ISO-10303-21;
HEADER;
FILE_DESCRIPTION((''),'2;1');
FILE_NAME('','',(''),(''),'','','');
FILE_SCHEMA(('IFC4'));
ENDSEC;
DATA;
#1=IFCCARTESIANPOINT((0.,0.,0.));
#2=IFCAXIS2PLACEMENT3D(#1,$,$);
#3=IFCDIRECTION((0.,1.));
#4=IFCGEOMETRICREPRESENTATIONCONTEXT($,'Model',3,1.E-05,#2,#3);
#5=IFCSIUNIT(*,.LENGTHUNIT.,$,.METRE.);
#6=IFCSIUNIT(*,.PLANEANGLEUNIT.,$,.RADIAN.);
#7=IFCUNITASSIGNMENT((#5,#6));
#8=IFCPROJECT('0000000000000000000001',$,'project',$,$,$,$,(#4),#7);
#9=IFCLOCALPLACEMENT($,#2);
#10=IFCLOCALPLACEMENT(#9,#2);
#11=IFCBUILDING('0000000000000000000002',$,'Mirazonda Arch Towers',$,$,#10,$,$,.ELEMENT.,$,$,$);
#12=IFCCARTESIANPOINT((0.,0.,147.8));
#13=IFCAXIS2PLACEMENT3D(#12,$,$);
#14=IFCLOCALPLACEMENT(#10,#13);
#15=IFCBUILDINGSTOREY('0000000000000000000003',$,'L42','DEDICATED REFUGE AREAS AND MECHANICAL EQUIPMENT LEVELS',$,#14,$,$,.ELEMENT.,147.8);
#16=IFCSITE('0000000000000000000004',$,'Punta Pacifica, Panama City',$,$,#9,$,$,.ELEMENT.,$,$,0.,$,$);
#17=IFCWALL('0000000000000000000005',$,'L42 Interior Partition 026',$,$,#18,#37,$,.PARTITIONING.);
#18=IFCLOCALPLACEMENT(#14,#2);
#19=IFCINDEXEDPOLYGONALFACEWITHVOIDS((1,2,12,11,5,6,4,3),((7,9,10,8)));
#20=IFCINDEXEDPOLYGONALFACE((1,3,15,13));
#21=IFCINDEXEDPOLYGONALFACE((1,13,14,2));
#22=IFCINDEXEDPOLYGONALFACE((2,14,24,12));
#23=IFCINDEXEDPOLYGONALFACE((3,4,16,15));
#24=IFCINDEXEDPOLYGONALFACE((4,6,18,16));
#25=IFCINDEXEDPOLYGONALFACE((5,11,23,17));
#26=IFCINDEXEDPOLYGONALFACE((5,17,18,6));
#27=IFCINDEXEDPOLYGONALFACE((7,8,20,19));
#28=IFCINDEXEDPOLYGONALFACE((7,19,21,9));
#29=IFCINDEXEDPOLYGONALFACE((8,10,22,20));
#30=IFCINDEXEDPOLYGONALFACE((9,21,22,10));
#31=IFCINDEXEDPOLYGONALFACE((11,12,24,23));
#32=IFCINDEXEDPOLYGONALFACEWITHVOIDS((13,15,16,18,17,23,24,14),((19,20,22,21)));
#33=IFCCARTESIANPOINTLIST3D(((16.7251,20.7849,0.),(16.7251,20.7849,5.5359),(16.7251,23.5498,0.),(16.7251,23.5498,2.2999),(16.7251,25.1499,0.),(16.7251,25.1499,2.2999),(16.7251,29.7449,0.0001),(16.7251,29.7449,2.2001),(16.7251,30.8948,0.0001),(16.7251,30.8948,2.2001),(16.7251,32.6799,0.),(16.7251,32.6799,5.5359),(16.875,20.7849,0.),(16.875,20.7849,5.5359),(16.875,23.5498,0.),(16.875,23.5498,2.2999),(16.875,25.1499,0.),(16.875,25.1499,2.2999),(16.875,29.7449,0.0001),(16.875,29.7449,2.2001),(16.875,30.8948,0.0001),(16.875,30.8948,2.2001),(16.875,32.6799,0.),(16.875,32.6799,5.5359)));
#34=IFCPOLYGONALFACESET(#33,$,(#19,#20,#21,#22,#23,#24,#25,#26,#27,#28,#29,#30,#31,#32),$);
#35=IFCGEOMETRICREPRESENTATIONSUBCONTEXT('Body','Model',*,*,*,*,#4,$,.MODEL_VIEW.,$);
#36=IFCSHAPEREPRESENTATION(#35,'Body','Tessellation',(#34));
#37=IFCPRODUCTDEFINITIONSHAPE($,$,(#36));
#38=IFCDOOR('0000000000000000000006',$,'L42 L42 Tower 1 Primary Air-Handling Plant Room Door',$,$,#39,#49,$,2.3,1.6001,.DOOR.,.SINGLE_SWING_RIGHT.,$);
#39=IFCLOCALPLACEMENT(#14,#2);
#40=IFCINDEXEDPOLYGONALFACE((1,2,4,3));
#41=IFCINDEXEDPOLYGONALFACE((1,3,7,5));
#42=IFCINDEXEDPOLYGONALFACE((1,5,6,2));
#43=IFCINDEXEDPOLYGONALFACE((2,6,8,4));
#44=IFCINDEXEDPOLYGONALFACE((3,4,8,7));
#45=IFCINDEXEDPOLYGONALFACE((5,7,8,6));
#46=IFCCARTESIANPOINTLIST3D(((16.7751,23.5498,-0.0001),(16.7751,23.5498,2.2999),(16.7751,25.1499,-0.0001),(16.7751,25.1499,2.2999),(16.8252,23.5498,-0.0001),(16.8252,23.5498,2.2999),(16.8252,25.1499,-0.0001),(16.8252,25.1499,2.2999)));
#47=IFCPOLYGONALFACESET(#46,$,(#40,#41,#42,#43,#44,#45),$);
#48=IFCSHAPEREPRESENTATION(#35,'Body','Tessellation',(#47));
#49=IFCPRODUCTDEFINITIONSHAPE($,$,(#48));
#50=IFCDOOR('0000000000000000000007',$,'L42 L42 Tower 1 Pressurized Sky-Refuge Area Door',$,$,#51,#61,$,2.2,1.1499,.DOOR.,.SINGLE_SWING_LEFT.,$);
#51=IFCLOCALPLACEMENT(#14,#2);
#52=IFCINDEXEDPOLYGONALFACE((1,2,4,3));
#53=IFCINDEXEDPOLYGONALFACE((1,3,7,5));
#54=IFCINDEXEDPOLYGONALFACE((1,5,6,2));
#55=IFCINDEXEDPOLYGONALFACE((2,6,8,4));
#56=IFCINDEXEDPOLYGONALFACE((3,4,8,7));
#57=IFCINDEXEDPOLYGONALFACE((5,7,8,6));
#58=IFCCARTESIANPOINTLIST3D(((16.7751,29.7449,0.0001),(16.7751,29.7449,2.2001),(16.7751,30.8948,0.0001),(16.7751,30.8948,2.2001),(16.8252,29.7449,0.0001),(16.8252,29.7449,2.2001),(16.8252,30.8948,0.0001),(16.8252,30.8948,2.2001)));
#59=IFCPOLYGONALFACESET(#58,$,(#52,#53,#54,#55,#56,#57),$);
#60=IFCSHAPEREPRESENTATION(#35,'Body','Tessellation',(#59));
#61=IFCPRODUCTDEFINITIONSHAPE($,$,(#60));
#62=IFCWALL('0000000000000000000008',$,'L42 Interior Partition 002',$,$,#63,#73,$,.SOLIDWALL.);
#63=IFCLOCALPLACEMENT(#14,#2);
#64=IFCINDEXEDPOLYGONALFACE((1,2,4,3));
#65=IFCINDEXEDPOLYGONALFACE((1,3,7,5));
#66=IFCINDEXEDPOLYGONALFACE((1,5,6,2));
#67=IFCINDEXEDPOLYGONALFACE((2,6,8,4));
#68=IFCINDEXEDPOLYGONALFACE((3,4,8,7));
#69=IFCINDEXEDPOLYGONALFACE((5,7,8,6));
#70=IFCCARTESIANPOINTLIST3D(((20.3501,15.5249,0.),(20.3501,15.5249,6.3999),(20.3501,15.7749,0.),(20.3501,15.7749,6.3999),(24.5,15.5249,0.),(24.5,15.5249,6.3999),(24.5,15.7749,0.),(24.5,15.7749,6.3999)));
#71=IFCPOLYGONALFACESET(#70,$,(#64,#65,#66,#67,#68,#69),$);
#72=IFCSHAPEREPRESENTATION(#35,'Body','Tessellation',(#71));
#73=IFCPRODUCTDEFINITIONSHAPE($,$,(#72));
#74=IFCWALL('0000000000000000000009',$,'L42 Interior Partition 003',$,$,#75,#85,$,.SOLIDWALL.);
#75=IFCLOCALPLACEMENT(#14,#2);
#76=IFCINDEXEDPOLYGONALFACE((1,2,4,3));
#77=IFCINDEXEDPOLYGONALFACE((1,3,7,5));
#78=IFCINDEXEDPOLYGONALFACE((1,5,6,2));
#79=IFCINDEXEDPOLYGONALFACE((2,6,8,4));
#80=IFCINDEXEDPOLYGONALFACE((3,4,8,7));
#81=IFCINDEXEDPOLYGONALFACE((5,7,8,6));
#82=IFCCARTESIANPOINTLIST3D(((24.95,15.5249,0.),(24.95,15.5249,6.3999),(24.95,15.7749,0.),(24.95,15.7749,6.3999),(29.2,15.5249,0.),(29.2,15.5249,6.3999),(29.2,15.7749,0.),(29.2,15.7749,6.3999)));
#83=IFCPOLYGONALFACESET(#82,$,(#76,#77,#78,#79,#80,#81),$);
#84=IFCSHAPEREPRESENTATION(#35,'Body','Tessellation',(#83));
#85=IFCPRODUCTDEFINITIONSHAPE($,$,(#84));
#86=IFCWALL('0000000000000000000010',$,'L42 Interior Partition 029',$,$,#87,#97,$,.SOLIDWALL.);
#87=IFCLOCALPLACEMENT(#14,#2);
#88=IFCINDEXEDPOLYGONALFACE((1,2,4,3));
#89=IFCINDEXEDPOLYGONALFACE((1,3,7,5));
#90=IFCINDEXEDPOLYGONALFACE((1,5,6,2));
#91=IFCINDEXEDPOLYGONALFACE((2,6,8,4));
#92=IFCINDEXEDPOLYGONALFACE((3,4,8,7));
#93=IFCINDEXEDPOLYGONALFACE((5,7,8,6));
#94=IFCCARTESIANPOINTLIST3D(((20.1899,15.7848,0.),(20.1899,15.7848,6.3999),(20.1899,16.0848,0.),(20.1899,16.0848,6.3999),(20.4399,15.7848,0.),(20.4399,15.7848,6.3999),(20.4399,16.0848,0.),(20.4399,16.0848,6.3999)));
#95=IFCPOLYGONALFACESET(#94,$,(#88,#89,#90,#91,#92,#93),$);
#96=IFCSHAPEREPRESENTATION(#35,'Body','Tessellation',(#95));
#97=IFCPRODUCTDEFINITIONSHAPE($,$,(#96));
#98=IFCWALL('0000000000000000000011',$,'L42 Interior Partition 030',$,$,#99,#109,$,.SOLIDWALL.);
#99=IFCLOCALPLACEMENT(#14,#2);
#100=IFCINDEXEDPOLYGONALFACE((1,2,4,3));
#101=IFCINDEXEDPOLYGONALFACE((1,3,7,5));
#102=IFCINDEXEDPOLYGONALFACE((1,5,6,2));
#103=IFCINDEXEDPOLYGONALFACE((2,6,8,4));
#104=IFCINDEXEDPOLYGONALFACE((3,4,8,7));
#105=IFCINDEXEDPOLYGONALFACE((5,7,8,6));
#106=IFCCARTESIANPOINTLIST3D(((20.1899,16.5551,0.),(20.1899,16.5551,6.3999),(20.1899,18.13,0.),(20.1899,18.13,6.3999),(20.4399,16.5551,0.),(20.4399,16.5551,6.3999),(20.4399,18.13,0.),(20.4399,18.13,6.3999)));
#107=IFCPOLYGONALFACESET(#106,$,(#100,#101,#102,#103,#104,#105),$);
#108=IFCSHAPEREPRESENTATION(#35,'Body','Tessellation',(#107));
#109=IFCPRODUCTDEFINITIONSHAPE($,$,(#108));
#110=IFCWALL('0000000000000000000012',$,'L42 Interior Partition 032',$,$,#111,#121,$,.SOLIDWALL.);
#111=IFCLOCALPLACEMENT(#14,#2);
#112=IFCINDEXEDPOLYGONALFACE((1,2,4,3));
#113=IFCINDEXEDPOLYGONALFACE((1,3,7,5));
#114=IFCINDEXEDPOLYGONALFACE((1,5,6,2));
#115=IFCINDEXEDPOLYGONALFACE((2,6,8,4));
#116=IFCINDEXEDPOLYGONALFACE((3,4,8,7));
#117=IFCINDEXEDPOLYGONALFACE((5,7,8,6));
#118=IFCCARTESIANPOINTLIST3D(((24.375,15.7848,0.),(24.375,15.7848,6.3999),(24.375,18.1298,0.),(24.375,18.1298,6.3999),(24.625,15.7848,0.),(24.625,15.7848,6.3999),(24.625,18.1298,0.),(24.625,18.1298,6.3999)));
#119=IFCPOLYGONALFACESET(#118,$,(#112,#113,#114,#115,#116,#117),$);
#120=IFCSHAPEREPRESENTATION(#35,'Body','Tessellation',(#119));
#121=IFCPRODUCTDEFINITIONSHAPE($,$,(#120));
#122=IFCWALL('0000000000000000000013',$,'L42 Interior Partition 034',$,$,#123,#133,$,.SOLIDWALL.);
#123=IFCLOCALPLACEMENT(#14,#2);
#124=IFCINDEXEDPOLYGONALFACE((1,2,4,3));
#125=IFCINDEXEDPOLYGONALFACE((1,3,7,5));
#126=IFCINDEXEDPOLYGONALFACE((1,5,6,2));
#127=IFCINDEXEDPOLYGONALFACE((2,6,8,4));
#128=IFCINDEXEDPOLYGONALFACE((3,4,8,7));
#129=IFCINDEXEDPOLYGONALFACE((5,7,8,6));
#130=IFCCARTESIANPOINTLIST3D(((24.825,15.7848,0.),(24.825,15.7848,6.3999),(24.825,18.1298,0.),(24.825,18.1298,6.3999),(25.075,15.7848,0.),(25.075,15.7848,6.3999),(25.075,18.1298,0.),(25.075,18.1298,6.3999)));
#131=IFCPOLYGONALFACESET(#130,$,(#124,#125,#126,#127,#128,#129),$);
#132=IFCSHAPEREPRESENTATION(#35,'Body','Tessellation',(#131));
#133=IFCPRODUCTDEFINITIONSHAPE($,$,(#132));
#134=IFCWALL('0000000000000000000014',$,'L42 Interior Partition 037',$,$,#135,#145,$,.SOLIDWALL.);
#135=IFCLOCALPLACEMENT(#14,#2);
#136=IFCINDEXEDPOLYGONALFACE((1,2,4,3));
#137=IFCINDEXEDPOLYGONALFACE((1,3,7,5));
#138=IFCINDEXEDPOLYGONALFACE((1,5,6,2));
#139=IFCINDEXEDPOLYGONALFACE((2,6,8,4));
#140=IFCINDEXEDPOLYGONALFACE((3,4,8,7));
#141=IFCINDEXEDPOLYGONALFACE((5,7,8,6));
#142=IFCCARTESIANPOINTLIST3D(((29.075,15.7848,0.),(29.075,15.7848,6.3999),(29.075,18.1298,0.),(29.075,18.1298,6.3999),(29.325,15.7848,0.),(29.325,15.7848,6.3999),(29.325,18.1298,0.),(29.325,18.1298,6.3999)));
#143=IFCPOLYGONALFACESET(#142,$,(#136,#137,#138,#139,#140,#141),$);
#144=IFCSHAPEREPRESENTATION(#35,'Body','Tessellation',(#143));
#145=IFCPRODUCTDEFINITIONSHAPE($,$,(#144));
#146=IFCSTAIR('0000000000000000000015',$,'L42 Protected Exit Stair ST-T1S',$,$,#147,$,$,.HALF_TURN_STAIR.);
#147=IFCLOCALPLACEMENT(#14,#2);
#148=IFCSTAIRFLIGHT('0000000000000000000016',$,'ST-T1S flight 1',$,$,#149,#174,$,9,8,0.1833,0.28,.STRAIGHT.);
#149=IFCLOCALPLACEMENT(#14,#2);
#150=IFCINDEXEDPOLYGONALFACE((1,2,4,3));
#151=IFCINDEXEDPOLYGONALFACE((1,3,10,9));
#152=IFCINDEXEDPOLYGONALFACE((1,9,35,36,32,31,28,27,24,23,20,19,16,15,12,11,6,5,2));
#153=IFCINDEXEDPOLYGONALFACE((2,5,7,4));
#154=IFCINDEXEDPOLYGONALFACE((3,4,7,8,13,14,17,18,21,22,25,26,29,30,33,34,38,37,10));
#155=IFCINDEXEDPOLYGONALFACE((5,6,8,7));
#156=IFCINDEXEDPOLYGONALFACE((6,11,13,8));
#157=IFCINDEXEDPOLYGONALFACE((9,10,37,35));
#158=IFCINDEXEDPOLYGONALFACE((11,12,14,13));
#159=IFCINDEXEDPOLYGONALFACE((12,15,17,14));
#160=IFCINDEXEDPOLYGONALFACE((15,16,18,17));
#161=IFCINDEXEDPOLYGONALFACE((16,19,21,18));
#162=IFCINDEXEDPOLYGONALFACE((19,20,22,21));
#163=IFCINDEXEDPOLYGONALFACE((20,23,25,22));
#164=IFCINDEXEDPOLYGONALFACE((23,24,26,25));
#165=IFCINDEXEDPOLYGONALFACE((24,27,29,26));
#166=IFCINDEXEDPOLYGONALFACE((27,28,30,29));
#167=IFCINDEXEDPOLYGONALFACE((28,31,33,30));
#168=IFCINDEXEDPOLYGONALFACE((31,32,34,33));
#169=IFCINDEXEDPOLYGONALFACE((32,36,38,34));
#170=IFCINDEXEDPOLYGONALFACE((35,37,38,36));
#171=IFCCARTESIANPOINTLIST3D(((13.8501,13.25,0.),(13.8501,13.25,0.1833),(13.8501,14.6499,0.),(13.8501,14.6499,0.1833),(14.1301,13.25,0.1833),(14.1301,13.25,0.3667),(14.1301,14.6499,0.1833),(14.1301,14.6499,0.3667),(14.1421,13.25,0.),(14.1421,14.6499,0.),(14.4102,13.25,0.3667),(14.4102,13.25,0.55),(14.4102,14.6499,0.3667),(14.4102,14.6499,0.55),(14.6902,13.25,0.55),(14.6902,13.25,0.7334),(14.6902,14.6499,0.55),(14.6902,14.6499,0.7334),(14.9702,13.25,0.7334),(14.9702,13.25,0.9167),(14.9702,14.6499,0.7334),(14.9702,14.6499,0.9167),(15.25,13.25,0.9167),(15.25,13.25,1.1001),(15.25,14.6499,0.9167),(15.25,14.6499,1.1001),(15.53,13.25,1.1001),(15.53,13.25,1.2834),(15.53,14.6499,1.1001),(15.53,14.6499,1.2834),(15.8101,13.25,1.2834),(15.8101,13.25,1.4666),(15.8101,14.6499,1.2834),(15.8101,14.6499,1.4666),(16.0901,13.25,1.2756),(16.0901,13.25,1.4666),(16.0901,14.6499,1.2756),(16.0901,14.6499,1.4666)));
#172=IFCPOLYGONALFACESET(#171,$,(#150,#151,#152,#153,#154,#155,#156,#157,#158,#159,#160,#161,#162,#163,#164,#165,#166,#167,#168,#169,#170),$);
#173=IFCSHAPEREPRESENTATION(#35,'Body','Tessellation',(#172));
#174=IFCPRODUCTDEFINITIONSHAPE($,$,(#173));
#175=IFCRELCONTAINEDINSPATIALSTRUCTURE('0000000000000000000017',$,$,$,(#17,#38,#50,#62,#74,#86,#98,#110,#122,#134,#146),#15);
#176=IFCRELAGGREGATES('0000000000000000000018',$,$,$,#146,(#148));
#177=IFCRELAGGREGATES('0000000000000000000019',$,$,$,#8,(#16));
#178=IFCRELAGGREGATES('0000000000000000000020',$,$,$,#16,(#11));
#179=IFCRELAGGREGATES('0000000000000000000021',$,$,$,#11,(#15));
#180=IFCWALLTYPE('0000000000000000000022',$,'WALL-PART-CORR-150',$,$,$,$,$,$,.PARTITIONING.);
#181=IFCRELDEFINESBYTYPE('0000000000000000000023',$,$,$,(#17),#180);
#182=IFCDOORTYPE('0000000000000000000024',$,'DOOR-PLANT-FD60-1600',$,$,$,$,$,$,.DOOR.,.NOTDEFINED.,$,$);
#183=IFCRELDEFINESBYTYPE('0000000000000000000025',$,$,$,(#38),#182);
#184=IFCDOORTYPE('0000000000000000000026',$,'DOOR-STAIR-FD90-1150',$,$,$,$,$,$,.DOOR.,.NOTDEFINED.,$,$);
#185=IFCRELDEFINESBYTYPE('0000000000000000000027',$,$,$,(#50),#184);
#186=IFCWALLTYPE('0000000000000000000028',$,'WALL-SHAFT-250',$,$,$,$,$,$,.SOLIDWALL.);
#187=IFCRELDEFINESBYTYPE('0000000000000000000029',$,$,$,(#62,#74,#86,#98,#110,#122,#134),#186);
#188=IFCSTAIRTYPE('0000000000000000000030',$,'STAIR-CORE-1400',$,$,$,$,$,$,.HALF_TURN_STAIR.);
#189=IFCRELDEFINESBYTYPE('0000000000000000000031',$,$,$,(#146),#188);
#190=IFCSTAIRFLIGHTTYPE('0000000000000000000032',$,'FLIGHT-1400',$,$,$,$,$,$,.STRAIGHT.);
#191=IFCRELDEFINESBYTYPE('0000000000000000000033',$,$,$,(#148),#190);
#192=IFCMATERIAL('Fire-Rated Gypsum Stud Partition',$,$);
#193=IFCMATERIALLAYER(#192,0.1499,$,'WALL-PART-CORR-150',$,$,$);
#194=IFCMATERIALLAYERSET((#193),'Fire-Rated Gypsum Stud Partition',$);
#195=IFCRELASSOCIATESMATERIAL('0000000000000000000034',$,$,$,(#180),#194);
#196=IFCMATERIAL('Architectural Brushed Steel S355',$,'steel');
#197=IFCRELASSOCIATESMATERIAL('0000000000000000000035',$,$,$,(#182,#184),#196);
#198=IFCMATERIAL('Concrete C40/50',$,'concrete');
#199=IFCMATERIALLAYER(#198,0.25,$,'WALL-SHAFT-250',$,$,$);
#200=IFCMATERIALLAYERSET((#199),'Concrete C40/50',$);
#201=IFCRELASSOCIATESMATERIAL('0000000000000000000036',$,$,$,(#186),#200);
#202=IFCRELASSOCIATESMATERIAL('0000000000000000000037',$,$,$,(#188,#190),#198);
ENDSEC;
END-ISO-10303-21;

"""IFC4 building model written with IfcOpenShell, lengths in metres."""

from ifc_helpers import new_model, si_unit, direction, frame, frame_2d, origin, place, context, subcontext, project, spatial, polyline, rectangle, outline, extrude, material, layer, layer_set, type_object, element, fill, aggregate, save


model = new_model("IFC4")

# Units and contexts
model_context = context("Model", 3, precision=1e-05, world=origin(), true_north=direction((0.0, 1.0)))
body_context = subcontext(model_context, "Body", "Model", "MODEL_VIEW")
ifc_project = project(units=[si_unit("LENGTHUNIT", "METRE"), si_unit("PLANEANGLEUNIT", "RADIAN")], contexts=[model_context])

# Site, building, storey
site_placement = place(None, origin())
site = spatial("IfcSite", under=ifc_project, at=site_placement, Name="Punta Pacifica, Panama City", CompositionType="ELEMENT", RefElevation=0.0)
building_placement = place(site_placement, origin())
building = spatial("IfcBuilding", under=site, at=building_placement, Name="Mirazonda Arch Towers", CompositionType="ELEMENT")
storey_placement = place(building_placement, frame((0.0, 0.0, 147.8)))
storey = spatial("IfcBuildingStorey", under=building, at=storey_placement, Name="L42", Description="DEDICATED REFUGE AREAS AND MECHANICAL EQUIPMENT LEVELS", CompositionType="ELEMENT", Elevation=147.8)

# Shared definitions
ifc_material_1 = material(Name="Concrete C40/50", Category="concrete")
ifc_material_2 = material(Name="Fire-Rated Gypsum Stud Partition")
ifc_layer_1 = layer(ifc_material_2, 0.1499, Name="WALL-PART-CORR-150")
ifc_layer_set_1 = layer_set([ifc_layer_1], Name="Fire-Rated Gypsum Stud Partition")
wall_type_1 = type_object("IfcWallType", Name="WALL-PART-CORR-150", PredefinedType="PARTITIONING", material=ifc_layer_set_1)

# Wall, openings, doors
wall_1_placement = place(storey_placement, frame((16.8, 20.7849, 0.0), z_axis=(0.0, 0.0, 1.0), x_axis=(0.0, 1.0, 0.0)))
wall_1 = element("IfcWall", 1, at=wall_1_placement, inside=storey, type_object=wall_type_1, Name="L42 Interior Partition 026", PredefinedType="PARTITIONING", context=body_context, shape_type="SweptSolid", body=[
    extrude(rectangle(XDim=11.895, YDim=0.1499, at=frame_2d((5.9475, 0.0))), origin(), (0.0, 0.0, 1.0), 5.5359),
])
opening_1_placement = place(wall_1_placement, frame((8.96, 0.0, 0.0)))
opening_1 = element("IfcOpeningElement", 2, at=opening_1_placement, cuts=wall_1, PredefinedType="OPENING", context=body_context, shape_type="SweptSolid", body=[
    extrude(rectangle(XDim=1.1499, YDim=2.2, at=frame_2d((0.575, 1.1001))), frame((0.0, 0.085, 0.0), z_axis=(0.0, -1.0, 0.0), x_axis=(1.0, 0.0, 0.0)), (0.0, 0.0, 1.0), 0.1699),
])
opening_2_placement = place(wall_1_placement, frame((2.7649, 0.0, 0.0)))
opening_2 = element("IfcOpeningElement", 3, at=opening_2_placement, cuts=wall_1, PredefinedType="OPENING", context=body_context, shape_type="SweptSolid", body=[
    extrude(rectangle(XDim=1.6001, YDim=2.3, at=frame_2d((0.8, 1.1499))), frame((0.0, 0.085, 0.0), z_axis=(0.0, -1.0, 0.0), x_axis=(1.0, 0.0, 0.0)), (0.0, 0.0, 1.0), 0.1699),
])
ifc_material_3 = material(Name="Architectural Brushed Steel S355", Category="steel")
door_type_1 = type_object("IfcDoorType", Name="DOOR-PLANT-FD60-1600", OperationType="NOTDEFINED", PredefinedType="DOOR", material=ifc_material_3)
door_1_placement = place(opening_2_placement, origin())
door_1 = element("IfcDoor", 4, at=door_1_placement, inside=storey, type_object=door_type_1, Name="L42 L42 Tower 1 Primary Air-Handling Plant Room Door", OperationType="SINGLE_SWING_RIGHT", OverallHeight=2.3, OverallWidth=1.6001, PredefinedType="DOOR", context=body_context, shape_type="SweptSolid", body=[
    extrude(rectangle(XDim=1.6001, YDim=2.3, at=frame_2d((0.8, 1.1499))), frame((0.0, 0.0249, 0.0), z_axis=(0.0, -1.0, 0.0), x_axis=(1.0, 0.0, 0.0)), (0.0, 0.0, 1.0), 0.05),
])
fill(opening_2, door_1)
door_type_2 = type_object("IfcDoorType", Name="DOOR-STAIR-FD90-1150", OperationType="NOTDEFINED", PredefinedType="DOOR", material=ifc_material_3)
door_2_placement = place(opening_1_placement, origin())
door_2 = element("IfcDoor", 5, at=door_2_placement, inside=storey, type_object=door_type_2, Name="L42 L42 Tower 1 Pressurized Sky-Refuge Area Door", OperationType="SINGLE_SWING_LEFT", OverallHeight=2.2, OverallWidth=1.1499, PredefinedType="DOOR", context=body_context, shape_type="SweptSolid", body=[
    extrude(rectangle(XDim=1.1499, YDim=2.2, at=frame_2d((0.575, 1.1001))), frame((0.0, 0.0249, 0.0), z_axis=(0.0, -1.0, 0.0), x_axis=(1.0, 0.0, 0.0)), (0.0, 0.0, 1.0), 0.05),
])
fill(opening_1, door_2)

# Walls
ifc_layer_2 = layer(ifc_material_1, 0.25, Name="WALL-SHAFT-250")
ifc_layer_set_2 = layer_set([ifc_layer_2], Name="Concrete C40/50")
wall_type_2 = type_object("IfcWallType", Name="WALL-SHAFT-250", PredefinedType="SOLIDWALL", material=ifc_layer_set_2)
wall_2_placement = place(storey_placement, frame((20.3501, 15.6499, 0.0), z_axis=(0.0, 0.0, 1.0), x_axis=(1.0, 0.0, 0.0)))
element("IfcWall", 6, at=wall_2_placement, inside=storey, type_object=wall_type_2, Name="L42 Interior Partition 002", PredefinedType="SOLIDWALL", context=body_context, shape_type="SweptSolid", body=[
    extrude(rectangle(XDim=4.1499, YDim=0.25, at=frame_2d((2.075, 0.0))), origin(), (0.0, 0.0, 1.0), 6.3999),
])
wall_3_placement = place(storey_placement, frame((24.95, 15.6499, 0.0), z_axis=(0.0, 0.0, 1.0), x_axis=(1.0, 0.0, 0.0)))
element("IfcWall", 7, at=wall_3_placement, inside=storey, type_object=wall_type_2, Name="L42 Interior Partition 003", PredefinedType="SOLIDWALL", context=body_context, shape_type="SweptSolid", body=[
    extrude(rectangle(XDim=4.25, YDim=0.25, at=frame_2d((2.125, 0.0))), origin(), (0.0, 0.0, 1.0), 6.3999),
])
wall_4_placement = place(storey_placement, frame((20.3149, 15.7849, 0.0), z_axis=(0.0, 0.0, 1.0), x_axis=(0.0, 1.0, 0.0)))
element("IfcWall", 8, at=wall_4_placement, inside=storey, type_object=wall_type_2, Name="L42 Interior Partition 029", PredefinedType="SOLIDWALL", context=body_context, shape_type="SweptSolid", body=[
    extrude(rectangle(XDim=0.3, YDim=0.25, at=frame_2d((0.1499, 0.0))), origin(), (0.0, 0.0, 1.0), 6.3999),
])
wall_5_placement = place(storey_placement, frame((20.3149, 16.5549, 0.0), z_axis=(0.0, 0.0, 1.0), x_axis=(0.0, 1.0, 0.0)))
element("IfcWall", 9, at=wall_5_placement, inside=storey, type_object=wall_type_2, Name="L42 Interior Partition 030", PredefinedType="SOLIDWALL", context=body_context, shape_type="SweptSolid", body=[
    extrude(rectangle(XDim=1.575, YDim=0.25, at=frame_2d((0.7876, 0.0))), origin(), (0.0, 0.0, 1.0), 6.3999),
])
for number, where, z_axis, x_axis, name in (
    (10, (24.5, 15.7849, 0.0), (0.0, 0.0, 1.0), (0.0, 1.0, 0.0), "L42 Interior Partition 032"),
    (11, (24.95, 15.7849, 0.0), (0.0, 0.0, 1.0), (0.0, 1.0, 0.0), "L42 Interior Partition 034"),
    (12, (29.2, 15.7849, 0.0), (0.0, 0.0, 1.0), (0.0, 1.0, 0.0), "L42 Interior Partition 037"),
):
    element("IfcWall", number, at=place(storey_placement, frame(where, z_axis=z_axis, x_axis=x_axis)), inside=storey, type_object=wall_type_2, Name=name, PredefinedType="SOLIDWALL", context=body_context, shape_type="SweptSolid", body=[
        extrude(rectangle(XDim=2.345, YDim=0.25, at=frame_2d((1.1724, 0.0))), origin(), (0.0, 0.0, 1.0), 6.3999),
    ])

# Stair, stair flight
stair_type = type_object("IfcStairType", Name="STAIR-CORE-1400", PredefinedType="HALF_TURN_STAIR", material=ifc_material_1)
stair_placement = place(storey_placement, origin())
stair = element("IfcStair", 13, at=stair_placement, inside=storey, type_object=stair_type, Name="L42 Protected Exit Stair ST-T1S", PredefinedType="HALF_TURN_STAIR")
stair_flight_type = type_object("IfcStairFlightType", Name="FLIGHT-1400", PredefinedType="STRAIGHT", material=ifc_material_1)
stair_flight_1_placement = place(storey_placement, frame((13.8501, 13.95, 0.0), z_axis=(0.0, 0.0, 1.0), x_axis=(1.0, 0.0, 0.0)))
stair_flight_1 = element("IfcStairFlight", 14, at=stair_flight_1_placement, type_object=stair_flight_type, Name="ST-T1S flight 1", NumberOfRisers=9, NumberOfTreads=8, PredefinedType="STRAIGHT", RiserHeight=0.1833, TreadLength=0.28, context=body_context, shape_type="SweptSolid", body=[
    extrude(outline(polyline([(0.0, 0.0), (0.0, 0.1833), (0.28, 0.1833), (0.28, 0.3667), (0.5601, 0.3667), (0.5601, 0.55), (0.8401, 0.55), (0.8401, 0.7334), (1.1201, 0.7334), (1.1201, 0.9167), (1.3999, 0.9167), (1.3999, 1.1001), (1.6799, 1.1001), (1.6799, 1.2834), (1.96, 1.2834), (1.96, 1.4666), (2.24, 1.4666), (2.24, 1.6499), (2.24, 1.2756), (0.292, 0.0), (0.0, 0.0)])), frame((0.0, 0.7, 0.0), z_axis=(0.0, -1.0, 0.0), x_axis=(1.0, 0.0, 0.0)), (0.0, 0.0, 1.0), 1.3999),
])
aggregate(stair, [stair_flight_1])

save(model, "model.ifc")
